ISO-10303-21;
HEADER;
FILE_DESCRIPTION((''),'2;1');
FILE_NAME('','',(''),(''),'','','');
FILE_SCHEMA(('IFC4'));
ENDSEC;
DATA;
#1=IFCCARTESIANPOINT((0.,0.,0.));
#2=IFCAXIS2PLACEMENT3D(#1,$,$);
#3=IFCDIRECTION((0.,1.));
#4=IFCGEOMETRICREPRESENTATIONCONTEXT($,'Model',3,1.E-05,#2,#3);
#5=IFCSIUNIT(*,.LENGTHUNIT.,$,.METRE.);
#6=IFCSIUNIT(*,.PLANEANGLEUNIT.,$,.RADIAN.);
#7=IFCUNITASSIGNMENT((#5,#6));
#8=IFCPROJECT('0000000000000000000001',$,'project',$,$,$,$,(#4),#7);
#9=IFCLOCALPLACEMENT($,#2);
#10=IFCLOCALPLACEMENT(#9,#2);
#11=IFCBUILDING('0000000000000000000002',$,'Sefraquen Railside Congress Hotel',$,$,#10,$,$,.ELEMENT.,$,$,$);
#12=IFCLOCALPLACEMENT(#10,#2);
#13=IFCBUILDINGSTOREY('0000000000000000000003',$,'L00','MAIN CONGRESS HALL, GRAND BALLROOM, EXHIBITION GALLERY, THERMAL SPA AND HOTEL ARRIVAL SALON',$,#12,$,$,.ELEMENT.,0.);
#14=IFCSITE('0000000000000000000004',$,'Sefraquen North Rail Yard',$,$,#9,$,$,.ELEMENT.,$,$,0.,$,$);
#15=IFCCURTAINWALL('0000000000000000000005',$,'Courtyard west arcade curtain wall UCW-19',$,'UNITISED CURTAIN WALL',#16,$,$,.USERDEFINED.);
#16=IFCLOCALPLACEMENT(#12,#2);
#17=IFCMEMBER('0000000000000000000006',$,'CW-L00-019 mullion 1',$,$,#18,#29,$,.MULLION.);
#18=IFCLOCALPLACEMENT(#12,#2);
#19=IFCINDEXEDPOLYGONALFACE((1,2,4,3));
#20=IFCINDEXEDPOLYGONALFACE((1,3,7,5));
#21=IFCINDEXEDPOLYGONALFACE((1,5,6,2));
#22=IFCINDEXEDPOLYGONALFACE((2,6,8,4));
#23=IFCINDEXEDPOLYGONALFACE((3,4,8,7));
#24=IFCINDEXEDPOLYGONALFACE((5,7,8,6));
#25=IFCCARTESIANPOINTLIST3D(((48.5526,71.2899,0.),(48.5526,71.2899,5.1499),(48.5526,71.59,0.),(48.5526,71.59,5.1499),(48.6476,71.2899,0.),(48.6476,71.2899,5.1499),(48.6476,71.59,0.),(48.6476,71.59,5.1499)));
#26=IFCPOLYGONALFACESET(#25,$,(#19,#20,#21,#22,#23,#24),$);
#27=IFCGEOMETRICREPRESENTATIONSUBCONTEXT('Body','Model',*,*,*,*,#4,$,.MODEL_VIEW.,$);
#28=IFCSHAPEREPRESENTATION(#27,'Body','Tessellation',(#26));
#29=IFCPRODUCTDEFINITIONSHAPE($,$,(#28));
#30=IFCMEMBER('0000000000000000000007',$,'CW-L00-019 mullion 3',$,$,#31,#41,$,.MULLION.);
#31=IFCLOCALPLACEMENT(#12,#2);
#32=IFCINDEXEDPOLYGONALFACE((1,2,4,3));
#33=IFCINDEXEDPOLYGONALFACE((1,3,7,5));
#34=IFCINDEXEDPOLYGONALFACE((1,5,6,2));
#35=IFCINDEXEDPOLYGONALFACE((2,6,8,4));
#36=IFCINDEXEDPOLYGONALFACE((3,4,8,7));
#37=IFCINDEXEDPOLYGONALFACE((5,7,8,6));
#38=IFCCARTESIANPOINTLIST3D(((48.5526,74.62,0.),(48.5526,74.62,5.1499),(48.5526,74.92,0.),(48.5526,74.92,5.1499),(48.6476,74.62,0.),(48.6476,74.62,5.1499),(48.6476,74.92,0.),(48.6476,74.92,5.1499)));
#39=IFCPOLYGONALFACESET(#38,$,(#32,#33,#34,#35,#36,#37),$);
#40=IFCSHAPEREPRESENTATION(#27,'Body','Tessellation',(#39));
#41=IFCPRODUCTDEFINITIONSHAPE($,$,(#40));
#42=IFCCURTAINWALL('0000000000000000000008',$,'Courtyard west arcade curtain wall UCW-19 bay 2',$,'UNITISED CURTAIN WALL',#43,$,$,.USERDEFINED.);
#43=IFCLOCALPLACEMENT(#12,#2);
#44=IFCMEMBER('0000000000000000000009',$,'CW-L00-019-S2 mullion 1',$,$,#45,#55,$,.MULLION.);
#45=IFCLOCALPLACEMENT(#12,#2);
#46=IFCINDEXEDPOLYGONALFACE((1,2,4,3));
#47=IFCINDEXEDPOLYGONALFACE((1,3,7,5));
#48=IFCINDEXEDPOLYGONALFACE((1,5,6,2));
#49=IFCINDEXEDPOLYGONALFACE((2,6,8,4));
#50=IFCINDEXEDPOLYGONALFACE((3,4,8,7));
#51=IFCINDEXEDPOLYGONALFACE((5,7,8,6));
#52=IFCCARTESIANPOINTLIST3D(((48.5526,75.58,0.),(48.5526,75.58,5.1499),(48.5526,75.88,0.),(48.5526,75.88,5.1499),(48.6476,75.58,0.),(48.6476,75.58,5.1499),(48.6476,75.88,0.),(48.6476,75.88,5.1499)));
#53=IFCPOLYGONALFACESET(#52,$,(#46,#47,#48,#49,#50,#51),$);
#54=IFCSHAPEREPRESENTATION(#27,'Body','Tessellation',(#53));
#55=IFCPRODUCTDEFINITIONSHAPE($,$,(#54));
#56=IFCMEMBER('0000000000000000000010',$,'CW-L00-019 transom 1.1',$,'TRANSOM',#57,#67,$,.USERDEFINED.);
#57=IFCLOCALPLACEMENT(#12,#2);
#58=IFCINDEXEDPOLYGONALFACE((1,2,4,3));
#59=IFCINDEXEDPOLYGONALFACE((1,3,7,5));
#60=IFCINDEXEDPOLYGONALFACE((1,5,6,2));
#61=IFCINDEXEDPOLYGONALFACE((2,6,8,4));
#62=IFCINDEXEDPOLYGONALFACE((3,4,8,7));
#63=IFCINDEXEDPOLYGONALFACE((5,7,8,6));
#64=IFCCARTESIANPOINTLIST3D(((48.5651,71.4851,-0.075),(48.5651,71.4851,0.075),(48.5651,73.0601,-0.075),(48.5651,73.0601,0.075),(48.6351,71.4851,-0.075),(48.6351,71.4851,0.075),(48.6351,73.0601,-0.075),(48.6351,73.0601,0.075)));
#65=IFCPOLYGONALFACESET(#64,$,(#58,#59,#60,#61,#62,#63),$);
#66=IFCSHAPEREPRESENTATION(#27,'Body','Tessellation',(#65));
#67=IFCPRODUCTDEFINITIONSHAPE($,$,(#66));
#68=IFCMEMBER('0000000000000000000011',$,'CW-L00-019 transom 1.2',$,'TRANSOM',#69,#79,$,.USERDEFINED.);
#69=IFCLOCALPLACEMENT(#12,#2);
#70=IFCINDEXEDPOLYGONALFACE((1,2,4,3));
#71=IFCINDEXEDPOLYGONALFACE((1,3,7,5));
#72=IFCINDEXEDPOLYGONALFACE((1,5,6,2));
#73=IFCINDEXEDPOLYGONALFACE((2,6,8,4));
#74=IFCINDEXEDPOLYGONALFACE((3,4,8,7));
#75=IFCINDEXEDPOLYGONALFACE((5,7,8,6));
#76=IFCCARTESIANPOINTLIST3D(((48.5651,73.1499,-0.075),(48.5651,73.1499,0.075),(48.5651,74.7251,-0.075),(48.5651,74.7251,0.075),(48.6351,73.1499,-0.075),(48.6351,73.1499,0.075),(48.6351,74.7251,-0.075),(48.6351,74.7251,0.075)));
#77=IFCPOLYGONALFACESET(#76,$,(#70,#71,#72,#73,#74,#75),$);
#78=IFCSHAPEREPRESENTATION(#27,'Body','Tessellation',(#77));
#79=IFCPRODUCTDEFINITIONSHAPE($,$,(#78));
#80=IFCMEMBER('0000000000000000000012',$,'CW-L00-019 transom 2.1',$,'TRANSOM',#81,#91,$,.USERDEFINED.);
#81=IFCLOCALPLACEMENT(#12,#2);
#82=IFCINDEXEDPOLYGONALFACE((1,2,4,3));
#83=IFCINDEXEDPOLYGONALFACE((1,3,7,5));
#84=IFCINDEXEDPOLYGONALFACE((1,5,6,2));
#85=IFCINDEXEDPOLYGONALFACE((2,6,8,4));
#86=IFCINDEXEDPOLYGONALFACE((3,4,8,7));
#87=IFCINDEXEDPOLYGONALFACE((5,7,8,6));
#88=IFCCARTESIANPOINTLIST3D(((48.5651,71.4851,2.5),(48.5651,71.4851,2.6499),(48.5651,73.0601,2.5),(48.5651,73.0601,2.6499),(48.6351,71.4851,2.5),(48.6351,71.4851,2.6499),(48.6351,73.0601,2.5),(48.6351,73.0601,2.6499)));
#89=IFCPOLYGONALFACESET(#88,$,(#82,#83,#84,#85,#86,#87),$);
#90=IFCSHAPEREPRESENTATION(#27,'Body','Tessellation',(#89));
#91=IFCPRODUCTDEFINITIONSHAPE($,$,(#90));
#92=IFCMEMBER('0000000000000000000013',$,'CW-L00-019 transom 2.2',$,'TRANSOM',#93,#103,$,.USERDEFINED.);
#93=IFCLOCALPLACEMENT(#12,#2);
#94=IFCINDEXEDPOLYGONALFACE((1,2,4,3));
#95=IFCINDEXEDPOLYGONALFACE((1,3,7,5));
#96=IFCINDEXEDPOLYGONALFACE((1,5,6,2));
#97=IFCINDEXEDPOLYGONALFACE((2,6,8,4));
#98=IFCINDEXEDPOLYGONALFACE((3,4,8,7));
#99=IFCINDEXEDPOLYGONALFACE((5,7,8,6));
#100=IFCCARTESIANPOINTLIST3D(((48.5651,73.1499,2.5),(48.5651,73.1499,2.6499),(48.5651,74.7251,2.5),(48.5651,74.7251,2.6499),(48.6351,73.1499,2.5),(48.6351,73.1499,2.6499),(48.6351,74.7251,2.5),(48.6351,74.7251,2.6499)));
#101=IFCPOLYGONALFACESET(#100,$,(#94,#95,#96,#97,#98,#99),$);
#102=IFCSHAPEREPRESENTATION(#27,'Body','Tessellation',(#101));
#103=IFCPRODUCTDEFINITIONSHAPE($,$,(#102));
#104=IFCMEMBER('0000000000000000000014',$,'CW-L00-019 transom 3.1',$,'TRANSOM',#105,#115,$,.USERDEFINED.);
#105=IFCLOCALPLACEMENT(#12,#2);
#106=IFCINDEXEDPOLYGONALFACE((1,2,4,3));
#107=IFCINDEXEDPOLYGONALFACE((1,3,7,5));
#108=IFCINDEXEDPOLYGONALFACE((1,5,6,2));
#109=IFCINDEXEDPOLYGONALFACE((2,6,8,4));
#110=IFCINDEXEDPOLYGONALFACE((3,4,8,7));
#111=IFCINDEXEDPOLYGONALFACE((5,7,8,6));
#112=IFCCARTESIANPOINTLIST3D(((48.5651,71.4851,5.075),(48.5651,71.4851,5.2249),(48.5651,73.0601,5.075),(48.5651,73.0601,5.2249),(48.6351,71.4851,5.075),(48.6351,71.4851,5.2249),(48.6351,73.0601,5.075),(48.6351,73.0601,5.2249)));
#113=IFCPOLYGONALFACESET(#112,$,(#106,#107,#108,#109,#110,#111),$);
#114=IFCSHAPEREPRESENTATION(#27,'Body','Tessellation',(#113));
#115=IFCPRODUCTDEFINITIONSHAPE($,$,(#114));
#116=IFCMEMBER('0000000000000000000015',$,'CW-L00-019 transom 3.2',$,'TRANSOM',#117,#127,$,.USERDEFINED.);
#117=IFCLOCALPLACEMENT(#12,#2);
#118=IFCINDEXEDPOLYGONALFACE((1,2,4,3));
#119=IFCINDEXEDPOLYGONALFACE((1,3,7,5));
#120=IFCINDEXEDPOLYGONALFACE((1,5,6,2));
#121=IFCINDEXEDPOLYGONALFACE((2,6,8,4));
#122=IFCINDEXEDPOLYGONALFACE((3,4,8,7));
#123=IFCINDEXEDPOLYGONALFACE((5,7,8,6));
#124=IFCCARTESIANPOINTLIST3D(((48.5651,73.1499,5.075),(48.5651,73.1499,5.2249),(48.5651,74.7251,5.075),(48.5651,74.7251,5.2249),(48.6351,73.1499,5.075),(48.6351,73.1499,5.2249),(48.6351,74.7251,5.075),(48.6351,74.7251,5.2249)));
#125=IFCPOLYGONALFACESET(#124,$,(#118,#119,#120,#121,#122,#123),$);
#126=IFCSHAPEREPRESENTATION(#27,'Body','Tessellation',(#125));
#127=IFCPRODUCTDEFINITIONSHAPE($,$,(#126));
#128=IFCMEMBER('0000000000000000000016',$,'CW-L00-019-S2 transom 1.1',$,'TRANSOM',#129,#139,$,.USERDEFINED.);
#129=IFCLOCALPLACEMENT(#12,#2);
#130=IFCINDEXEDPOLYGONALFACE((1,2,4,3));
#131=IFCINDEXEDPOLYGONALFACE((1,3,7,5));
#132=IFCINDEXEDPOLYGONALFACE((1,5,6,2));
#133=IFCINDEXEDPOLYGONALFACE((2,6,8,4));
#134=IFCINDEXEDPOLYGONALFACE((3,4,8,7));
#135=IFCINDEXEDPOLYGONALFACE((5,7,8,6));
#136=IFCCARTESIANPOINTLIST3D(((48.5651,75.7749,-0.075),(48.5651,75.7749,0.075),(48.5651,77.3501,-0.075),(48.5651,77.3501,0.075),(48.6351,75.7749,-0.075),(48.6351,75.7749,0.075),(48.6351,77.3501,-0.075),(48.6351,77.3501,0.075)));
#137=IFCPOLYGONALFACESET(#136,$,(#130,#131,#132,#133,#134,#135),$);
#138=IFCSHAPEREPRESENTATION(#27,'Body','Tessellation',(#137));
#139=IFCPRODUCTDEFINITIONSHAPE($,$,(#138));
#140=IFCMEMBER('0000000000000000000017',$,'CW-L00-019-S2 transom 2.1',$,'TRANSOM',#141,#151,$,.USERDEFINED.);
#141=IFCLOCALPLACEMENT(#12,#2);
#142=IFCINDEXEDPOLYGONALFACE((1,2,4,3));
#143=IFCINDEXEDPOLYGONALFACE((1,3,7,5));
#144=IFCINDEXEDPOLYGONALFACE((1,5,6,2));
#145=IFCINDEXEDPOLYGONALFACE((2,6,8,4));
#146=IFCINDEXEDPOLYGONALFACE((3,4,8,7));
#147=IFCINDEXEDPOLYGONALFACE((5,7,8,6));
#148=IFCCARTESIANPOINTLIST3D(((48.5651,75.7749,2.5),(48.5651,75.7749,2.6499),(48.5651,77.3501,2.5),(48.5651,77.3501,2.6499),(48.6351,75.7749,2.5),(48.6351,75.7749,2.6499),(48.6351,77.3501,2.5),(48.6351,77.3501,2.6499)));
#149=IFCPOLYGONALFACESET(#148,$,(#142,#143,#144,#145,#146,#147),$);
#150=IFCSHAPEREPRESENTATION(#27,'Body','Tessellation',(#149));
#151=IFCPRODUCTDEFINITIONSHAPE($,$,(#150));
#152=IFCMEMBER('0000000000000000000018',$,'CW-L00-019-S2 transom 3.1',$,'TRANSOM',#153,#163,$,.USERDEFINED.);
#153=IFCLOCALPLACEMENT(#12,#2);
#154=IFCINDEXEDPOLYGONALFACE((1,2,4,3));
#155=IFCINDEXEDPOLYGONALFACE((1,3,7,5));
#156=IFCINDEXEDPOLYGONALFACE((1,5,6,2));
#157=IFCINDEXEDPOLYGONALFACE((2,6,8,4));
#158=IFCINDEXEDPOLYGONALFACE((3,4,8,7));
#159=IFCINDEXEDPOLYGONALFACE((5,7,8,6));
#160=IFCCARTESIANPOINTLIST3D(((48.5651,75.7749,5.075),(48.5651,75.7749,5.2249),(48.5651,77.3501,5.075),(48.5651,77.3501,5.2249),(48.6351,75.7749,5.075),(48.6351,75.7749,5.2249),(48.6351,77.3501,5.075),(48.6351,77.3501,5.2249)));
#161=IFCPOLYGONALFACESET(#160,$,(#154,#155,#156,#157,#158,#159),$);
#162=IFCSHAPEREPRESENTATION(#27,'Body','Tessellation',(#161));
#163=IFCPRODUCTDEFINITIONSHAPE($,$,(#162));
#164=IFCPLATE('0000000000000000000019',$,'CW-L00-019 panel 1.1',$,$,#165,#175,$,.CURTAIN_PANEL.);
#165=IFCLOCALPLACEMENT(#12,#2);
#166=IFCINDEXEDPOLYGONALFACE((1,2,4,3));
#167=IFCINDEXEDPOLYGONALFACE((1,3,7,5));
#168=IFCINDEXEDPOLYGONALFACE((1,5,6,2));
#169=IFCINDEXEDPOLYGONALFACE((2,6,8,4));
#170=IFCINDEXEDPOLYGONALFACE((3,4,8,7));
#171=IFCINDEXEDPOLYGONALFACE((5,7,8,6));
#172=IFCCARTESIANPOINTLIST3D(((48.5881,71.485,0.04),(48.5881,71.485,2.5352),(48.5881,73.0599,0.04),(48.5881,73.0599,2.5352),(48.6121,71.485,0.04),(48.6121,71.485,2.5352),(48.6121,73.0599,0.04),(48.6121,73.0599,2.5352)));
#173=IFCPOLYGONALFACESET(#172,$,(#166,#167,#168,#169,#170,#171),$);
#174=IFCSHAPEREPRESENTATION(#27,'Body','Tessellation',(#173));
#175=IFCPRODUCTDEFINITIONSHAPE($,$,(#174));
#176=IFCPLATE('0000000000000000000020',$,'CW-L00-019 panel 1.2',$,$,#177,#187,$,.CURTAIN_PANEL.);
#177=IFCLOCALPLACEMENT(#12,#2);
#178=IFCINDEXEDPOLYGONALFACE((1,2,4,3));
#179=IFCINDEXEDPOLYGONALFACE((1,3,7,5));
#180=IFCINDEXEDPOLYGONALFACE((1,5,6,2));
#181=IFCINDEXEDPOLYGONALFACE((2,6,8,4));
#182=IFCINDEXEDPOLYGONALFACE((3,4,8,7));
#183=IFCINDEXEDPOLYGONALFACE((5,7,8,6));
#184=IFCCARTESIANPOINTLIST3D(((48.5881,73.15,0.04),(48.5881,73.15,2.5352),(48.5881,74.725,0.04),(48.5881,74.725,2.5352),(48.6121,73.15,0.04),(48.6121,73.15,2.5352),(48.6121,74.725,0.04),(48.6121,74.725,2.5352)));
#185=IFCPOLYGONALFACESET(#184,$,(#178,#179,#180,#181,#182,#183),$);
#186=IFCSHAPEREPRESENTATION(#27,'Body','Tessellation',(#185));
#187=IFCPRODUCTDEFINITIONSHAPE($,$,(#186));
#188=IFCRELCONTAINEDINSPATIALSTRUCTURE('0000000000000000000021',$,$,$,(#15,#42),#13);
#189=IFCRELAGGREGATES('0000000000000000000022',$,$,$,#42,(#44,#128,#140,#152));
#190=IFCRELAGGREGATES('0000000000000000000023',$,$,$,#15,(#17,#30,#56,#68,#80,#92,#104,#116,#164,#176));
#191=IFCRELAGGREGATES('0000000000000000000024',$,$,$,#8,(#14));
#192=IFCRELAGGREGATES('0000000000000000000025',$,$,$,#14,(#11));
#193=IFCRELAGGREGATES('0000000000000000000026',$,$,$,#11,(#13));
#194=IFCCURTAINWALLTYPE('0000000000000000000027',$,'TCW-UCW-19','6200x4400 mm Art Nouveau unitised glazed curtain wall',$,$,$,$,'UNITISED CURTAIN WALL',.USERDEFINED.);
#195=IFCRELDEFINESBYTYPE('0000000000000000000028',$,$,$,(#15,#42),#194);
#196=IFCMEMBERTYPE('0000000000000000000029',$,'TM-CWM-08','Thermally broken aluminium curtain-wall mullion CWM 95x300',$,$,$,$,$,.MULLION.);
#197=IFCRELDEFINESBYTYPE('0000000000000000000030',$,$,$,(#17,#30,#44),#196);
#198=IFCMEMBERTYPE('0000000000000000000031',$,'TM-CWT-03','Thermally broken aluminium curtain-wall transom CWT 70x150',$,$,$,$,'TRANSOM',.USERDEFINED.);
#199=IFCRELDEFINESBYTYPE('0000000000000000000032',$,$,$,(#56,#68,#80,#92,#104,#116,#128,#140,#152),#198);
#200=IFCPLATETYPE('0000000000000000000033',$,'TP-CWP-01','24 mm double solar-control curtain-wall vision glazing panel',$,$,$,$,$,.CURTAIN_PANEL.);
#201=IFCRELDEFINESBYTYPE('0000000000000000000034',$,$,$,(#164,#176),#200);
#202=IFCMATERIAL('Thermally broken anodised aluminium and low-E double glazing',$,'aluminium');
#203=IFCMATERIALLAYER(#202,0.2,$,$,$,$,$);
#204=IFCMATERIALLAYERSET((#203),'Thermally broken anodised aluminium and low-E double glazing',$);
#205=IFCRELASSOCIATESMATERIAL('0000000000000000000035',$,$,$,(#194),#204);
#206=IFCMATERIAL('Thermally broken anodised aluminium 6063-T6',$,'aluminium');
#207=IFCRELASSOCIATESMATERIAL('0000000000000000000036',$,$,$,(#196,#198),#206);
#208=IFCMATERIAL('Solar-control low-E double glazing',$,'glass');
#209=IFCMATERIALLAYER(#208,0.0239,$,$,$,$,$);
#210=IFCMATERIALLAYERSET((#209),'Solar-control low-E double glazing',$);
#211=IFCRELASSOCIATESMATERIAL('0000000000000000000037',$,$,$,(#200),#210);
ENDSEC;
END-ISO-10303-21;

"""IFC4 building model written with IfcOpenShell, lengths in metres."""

from ifc_helpers import new_model, si_unit, direction, frame, origin, origin_2d, place, context, subcontext, project, spatial, rectangle, extrude, material, layer, layer_set, material_profile, profile_set, type_object, element, aggregate, save


model = new_model("IFC4")

# Units and contexts
model_context = context("Model", 3, precision=1e-05, world=origin(), true_north=direction((0.0, 1.0)))
body_context = subcontext(model_context, "Body", "Model", "MODEL_VIEW")
ifc_project = project(units=[si_unit("LENGTHUNIT", "METRE"), si_unit("PLANEANGLEUNIT", "RADIAN")], contexts=[model_context])

# Site, building, storey
site_placement = place(None, origin())
site = spatial("IfcSite", under=ifc_project, at=site_placement, Name="Sefraquen North Rail Yard", CompositionType="ELEMENT", RefElevation=0.0)
building_placement = place(site_placement, origin())
building = spatial("IfcBuilding", under=site, at=building_placement, Name="Sefraquen Railside Congress Hotel", CompositionType="ELEMENT")
storey_placement = place(building_placement, origin())
storey = spatial("IfcBuildingStorey", under=building, at=storey_placement, Name="L00", Description="MAIN CONGRESS HALL, GRAND BALLROOM, EXHIBITION GALLERY, THERMAL SPA AND HOTEL ARRIVAL SALON", CompositionType="ELEMENT", Elevation=0.0)

# Curtain wall, members
ifc_material_1 = material(Name="Thermally broken anodised aluminium and low-E double glazing", Category="aluminium")
ifc_layer_1 = layer(ifc_material_1, 0.2)
ifc_layer_set_1 = layer_set([ifc_layer_1], Name="Thermally broken anodised aluminium and low-E double glazing")
curtain_wall_type = type_object("IfcCurtainWallType", Name="TCW-UCW-19", Description="6200x4400 mm Art Nouveau unitised glazed curtain wall", ElementType="UNITISED CURTAIN WALL", PredefinedType="USERDEFINED", material=ifc_layer_set_1)
curtain_wall_1_placement = place(storey_placement, origin())
curtain_wall_1 = element("IfcCurtainWall", 1, at=curtain_wall_1_placement, inside=storey, type_object=curtain_wall_type, Name="Courtyard west arcade curtain wall UCW-19", ObjectType="UNITISED CURTAIN WALL", PredefinedType="USERDEFINED")
ifc_material_2 = material(Name="Thermally broken anodised aluminium 6063-T6", Category="aluminium")
ifc_material_profile_1 = material_profile(ifc_material_2, rectangle(XDim=0.095, YDim=0.3, at=origin_2d()), Name="CWM 95x300")
ifc_profile_set_1 = profile_set([ifc_material_profile_1], Name="Thermally broken anodised aluminium 6063-T6")
member_type_1 = type_object("IfcMemberType", Name="TM-CWM-08", Description="Thermally broken aluminium curtain-wall mullion CWM 95x300", PredefinedType="MULLION", material=ifc_profile_set_1)
member_1_placement = place(storey_placement, frame((48.6001, 71.4399, 0.0), z_axis=(0.0, 0.0, 1.0), x_axis=(1.0, 0.0, 0.0)))
member_1 = element("IfcMember", 2, at=member_1_placement, type_object=member_type_1, Name="CW-L00-019 mullion 1", PredefinedType="MULLION", context=body_context, shape_type="SweptSolid", body=[
    extrude(rectangle(XDim=0.095, YDim=0.3, at=origin_2d()), origin(), (0.0, 0.0, 1.0), 5.1499),
])
member_2_placement = place(storey_placement, frame((48.6001, 74.77, 0.0), z_axis=(0.0, 0.0, 1.0), x_axis=(1.0, 0.0, 0.0)))
member_2 = element("IfcMember", 3, at=member_2_placement, type_object=member_type_1, Name="CW-L00-019 mullion 3", PredefinedType="MULLION", context=body_context, shape_type="SweptSolid", body=[
    extrude(rectangle(XDim=0.095, YDim=0.3, at=origin_2d()), origin(), (0.0, 0.0, 1.0), 5.1499),
])

# Curtain wall, member
curtain_wall_2_placement = place(storey_placement, origin())
curtain_wall_2 = element("IfcCurtainWall", 4, at=curtain_wall_2_placement, inside=storey, type_object=curtain_wall_type, Name="Courtyard west arcade curtain wall UCW-19 bay 2", ObjectType="UNITISED CURTAIN WALL", PredefinedType="USERDEFINED")
member_3_placement = place(storey_placement, frame((48.6001, 75.73, 0.0), z_axis=(0.0, 0.0, 1.0), x_axis=(1.0, 0.0, 0.0)))
member_3 = element("IfcMember", 5, at=member_3_placement, type_object=member_type_1, Name="CW-L00-019-S2 mullion 1", PredefinedType="MULLION", context=body_context, shape_type="SweptSolid", body=[
    extrude(rectangle(XDim=0.095, YDim=0.3, at=origin_2d()), origin(), (0.0, 0.0, 1.0), 5.1499),
])

# Members
ifc_material_profile_2 = material_profile(ifc_material_2, rectangle(XDim=0.0701, YDim=0.1499, at=origin_2d()), Name="CWT 70x150")
ifc_profile_set_2 = profile_set([ifc_material_profile_2], Name="Thermally broken anodised aluminium 6063-T6")
member_type_2 = type_object("IfcMemberType", Name="TM-CWT-03", Description="Thermally broken aluminium curtain-wall transom CWT 70x150", ElementType="TRANSOM", PredefinedType="USERDEFINED", material=ifc_profile_set_2)
member_4_placement = place(storey_placement, frame((48.6001, 71.4851, 0.0), z_axis=(0.0, 1.0, 0.0), x_axis=(-1.0, 0.0, 0.0)))
member_4 = element("IfcMember", 6, at=member_4_placement, type_object=member_type_2, Name="CW-L00-019 transom 1.1", ObjectType="TRANSOM", PredefinedType="USERDEFINED", context=body_context, shape_type="SweptSolid", body=[
    extrude(rectangle(XDim=0.0701, YDim=0.1499, at=origin_2d()), origin(), (0.0, 0.0, 1.0), 1.575),
])
member_5_placement = place(storey_placement, frame((48.6001, 73.1499, 0.0), z_axis=(0.0, 1.0, 0.0), x_axis=(-1.0, 0.0, 0.0)))
member_5 = element("IfcMember", 7, at=member_5_placement, type_object=member_type_2, Name="CW-L00-019 transom 1.2", ObjectType="TRANSOM", PredefinedType="USERDEFINED", context=body_context, shape_type="SweptSolid", body=[
    extrude(rectangle(XDim=0.0701, YDim=0.1499, at=origin_2d()), origin(), (0.0, 0.0, 1.0), 1.5752),
])
member_6_placement = place(storey_placement, frame((48.6001, 71.4851, 2.575), z_axis=(0.0, 1.0, 0.0), x_axis=(-1.0, 0.0, 0.0)))
member_6 = element("IfcMember", 8, at=member_6_placement, type_object=member_type_2, Name="CW-L00-019 transom 2.1", ObjectType="TRANSOM", PredefinedType="USERDEFINED", context=body_context, shape_type="SweptSolid", body=[
    extrude(rectangle(XDim=0.0701, YDim=0.1499, at=origin_2d()), origin(), (0.0, 0.0, 1.0), 1.575),
])
member_7_placement = place(storey_placement, frame((48.6001, 73.1499, 2.575), z_axis=(0.0, 1.0, 0.0), x_axis=(-1.0, 0.0, 0.0)))
member_7 = element("IfcMember", 9, at=member_7_placement, type_object=member_type_2, Name="CW-L00-019 transom 2.2", ObjectType="TRANSOM", PredefinedType="USERDEFINED", context=body_context, shape_type="SweptSolid", body=[
    extrude(rectangle(XDim=0.0701, YDim=0.1499, at=origin_2d()), origin(), (0.0, 0.0, 1.0), 1.5752),
])
member_8_placement = place(storey_placement, frame((48.6001, 71.4851, 5.1499), z_axis=(0.0, 1.0, 0.0), x_axis=(-1.0, 0.0, 0.0)))
member_8 = element("IfcMember", 10, at=member_8_placement, type_object=member_type_2, Name="CW-L00-019 transom 3.1", ObjectType="TRANSOM", PredefinedType="USERDEFINED", context=body_context, shape_type="SweptSolid", body=[
    extrude(rectangle(XDim=0.0701, YDim=0.1499, at=origin_2d()), origin(), (0.0, 0.0, 1.0), 1.575),
])
member_9_placement = place(storey_placement, frame((48.6001, 73.1499, 5.1499), z_axis=(0.0, 1.0, 0.0), x_axis=(-1.0, 0.0, 0.0)))
member_9 = element("IfcMember", 11, at=member_9_placement, type_object=member_type_2, Name="CW-L00-019 transom 3.2", ObjectType="TRANSOM", PredefinedType="USERDEFINED", context=body_context, shape_type="SweptSolid", body=[
    extrude(rectangle(XDim=0.0701, YDim=0.1499, at=origin_2d()), origin(), (0.0, 0.0, 1.0), 1.5752),
])
member_10_placement = place(storey_placement, frame((48.6001, 75.7749, 0.0), z_axis=(0.0, 1.0, 0.0), x_axis=(-1.0, 0.0, 0.0)))
member_10 = element("IfcMember", 12, at=member_10_placement, type_object=member_type_2, Name="CW-L00-019-S2 transom 1.1", ObjectType="TRANSOM", PredefinedType="USERDEFINED", context=body_context, shape_type="SweptSolid", body=[
    extrude(rectangle(XDim=0.0701, YDim=0.1499, at=origin_2d()), origin(), (0.0, 0.0, 1.0), 1.5752),
])
member_11_placement = place(storey_placement, frame((48.6001, 75.7749, 2.575), z_axis=(0.0, 1.0, 0.0), x_axis=(-1.0, 0.0, 0.0)))
member_11 = element("IfcMember", 13, at=member_11_placement, type_object=member_type_2, Name="CW-L00-019-S2 transom 2.1", ObjectType="TRANSOM", PredefinedType="USERDEFINED", context=body_context, shape_type="SweptSolid", body=[
    extrude(rectangle(XDim=0.0701, YDim=0.1499, at=origin_2d()), origin(), (0.0, 0.0, 1.0), 1.5752),
])
member_12_placement = place(storey_placement, frame((48.6001, 75.7749, 5.1499), z_axis=(0.0, 1.0, 0.0), x_axis=(-1.0, 0.0, 0.0)))
member_12 = element("IfcMember", 14, at=member_12_placement, type_object=member_type_2, Name="CW-L00-019-S2 transom 3.1", ObjectType="TRANSOM", PredefinedType="USERDEFINED", context=body_context, shape_type="SweptSolid", body=[
    extrude(rectangle(XDim=0.0701, YDim=0.1499, at=origin_2d()), origin(), (0.0, 0.0, 1.0), 1.5752),
])

# Plates
ifc_material_3 = material(Name="Solar-control low-E double glazing", Category="glass")
ifc_layer_2 = layer(ifc_material_3, 0.0239)
ifc_layer_set_2 = layer_set([ifc_layer_2], Name="Solar-control low-E double glazing")
plate_type_1 = type_object("IfcPlateType", Name="TP-CWP-01", Description="24 mm double solar-control curtain-wall vision glazing panel", PredefinedType="CURTAIN_PANEL", material=ifc_layer_set_2)
plate_1_placement = place(storey_placement, frame((48.6001, 72.2725, 0.04), z_axis=(0.0, 0.0, 1.0), x_axis=(0.0, 1.0, 0.0)))
plate_1 = element("IfcPlate", 15, at=plate_1_placement, type_object=plate_type_1, Name="CW-L00-019 panel 1.1", PredefinedType="CURTAIN_PANEL", context=body_context, shape_type="SweptSolid", body=[
    extrude(rectangle(XDim=1.575, YDim=0.0239, at=origin_2d()), origin(), (0.0, 0.0, 1.0), 2.4951),
])
plate_2_placement = place(storey_placement, frame((48.6001, 73.9375, 0.04), z_axis=(0.0, 0.0, 1.0), x_axis=(0.0, 1.0, 0.0)))
plate_2 = element("IfcPlate", 16, at=plate_2_placement, type_object=plate_type_1, Name="CW-L00-019 panel 1.2", PredefinedType="CURTAIN_PANEL", context=body_context, shape_type="SweptSolid", body=[
    extrude(rectangle(XDim=1.575, YDim=0.0239, at=origin_2d()), origin(), (0.0, 0.0, 1.0), 2.4951),
])
aggregate(curtain_wall_2, [member_3, member_10, member_11, member_12])
aggregate(curtain_wall_1, [member_1, member_2, member_4, member_5, member_6, member_7, member_8, member_9, plate_1, plate_2])

save(model, "model.ifc")
